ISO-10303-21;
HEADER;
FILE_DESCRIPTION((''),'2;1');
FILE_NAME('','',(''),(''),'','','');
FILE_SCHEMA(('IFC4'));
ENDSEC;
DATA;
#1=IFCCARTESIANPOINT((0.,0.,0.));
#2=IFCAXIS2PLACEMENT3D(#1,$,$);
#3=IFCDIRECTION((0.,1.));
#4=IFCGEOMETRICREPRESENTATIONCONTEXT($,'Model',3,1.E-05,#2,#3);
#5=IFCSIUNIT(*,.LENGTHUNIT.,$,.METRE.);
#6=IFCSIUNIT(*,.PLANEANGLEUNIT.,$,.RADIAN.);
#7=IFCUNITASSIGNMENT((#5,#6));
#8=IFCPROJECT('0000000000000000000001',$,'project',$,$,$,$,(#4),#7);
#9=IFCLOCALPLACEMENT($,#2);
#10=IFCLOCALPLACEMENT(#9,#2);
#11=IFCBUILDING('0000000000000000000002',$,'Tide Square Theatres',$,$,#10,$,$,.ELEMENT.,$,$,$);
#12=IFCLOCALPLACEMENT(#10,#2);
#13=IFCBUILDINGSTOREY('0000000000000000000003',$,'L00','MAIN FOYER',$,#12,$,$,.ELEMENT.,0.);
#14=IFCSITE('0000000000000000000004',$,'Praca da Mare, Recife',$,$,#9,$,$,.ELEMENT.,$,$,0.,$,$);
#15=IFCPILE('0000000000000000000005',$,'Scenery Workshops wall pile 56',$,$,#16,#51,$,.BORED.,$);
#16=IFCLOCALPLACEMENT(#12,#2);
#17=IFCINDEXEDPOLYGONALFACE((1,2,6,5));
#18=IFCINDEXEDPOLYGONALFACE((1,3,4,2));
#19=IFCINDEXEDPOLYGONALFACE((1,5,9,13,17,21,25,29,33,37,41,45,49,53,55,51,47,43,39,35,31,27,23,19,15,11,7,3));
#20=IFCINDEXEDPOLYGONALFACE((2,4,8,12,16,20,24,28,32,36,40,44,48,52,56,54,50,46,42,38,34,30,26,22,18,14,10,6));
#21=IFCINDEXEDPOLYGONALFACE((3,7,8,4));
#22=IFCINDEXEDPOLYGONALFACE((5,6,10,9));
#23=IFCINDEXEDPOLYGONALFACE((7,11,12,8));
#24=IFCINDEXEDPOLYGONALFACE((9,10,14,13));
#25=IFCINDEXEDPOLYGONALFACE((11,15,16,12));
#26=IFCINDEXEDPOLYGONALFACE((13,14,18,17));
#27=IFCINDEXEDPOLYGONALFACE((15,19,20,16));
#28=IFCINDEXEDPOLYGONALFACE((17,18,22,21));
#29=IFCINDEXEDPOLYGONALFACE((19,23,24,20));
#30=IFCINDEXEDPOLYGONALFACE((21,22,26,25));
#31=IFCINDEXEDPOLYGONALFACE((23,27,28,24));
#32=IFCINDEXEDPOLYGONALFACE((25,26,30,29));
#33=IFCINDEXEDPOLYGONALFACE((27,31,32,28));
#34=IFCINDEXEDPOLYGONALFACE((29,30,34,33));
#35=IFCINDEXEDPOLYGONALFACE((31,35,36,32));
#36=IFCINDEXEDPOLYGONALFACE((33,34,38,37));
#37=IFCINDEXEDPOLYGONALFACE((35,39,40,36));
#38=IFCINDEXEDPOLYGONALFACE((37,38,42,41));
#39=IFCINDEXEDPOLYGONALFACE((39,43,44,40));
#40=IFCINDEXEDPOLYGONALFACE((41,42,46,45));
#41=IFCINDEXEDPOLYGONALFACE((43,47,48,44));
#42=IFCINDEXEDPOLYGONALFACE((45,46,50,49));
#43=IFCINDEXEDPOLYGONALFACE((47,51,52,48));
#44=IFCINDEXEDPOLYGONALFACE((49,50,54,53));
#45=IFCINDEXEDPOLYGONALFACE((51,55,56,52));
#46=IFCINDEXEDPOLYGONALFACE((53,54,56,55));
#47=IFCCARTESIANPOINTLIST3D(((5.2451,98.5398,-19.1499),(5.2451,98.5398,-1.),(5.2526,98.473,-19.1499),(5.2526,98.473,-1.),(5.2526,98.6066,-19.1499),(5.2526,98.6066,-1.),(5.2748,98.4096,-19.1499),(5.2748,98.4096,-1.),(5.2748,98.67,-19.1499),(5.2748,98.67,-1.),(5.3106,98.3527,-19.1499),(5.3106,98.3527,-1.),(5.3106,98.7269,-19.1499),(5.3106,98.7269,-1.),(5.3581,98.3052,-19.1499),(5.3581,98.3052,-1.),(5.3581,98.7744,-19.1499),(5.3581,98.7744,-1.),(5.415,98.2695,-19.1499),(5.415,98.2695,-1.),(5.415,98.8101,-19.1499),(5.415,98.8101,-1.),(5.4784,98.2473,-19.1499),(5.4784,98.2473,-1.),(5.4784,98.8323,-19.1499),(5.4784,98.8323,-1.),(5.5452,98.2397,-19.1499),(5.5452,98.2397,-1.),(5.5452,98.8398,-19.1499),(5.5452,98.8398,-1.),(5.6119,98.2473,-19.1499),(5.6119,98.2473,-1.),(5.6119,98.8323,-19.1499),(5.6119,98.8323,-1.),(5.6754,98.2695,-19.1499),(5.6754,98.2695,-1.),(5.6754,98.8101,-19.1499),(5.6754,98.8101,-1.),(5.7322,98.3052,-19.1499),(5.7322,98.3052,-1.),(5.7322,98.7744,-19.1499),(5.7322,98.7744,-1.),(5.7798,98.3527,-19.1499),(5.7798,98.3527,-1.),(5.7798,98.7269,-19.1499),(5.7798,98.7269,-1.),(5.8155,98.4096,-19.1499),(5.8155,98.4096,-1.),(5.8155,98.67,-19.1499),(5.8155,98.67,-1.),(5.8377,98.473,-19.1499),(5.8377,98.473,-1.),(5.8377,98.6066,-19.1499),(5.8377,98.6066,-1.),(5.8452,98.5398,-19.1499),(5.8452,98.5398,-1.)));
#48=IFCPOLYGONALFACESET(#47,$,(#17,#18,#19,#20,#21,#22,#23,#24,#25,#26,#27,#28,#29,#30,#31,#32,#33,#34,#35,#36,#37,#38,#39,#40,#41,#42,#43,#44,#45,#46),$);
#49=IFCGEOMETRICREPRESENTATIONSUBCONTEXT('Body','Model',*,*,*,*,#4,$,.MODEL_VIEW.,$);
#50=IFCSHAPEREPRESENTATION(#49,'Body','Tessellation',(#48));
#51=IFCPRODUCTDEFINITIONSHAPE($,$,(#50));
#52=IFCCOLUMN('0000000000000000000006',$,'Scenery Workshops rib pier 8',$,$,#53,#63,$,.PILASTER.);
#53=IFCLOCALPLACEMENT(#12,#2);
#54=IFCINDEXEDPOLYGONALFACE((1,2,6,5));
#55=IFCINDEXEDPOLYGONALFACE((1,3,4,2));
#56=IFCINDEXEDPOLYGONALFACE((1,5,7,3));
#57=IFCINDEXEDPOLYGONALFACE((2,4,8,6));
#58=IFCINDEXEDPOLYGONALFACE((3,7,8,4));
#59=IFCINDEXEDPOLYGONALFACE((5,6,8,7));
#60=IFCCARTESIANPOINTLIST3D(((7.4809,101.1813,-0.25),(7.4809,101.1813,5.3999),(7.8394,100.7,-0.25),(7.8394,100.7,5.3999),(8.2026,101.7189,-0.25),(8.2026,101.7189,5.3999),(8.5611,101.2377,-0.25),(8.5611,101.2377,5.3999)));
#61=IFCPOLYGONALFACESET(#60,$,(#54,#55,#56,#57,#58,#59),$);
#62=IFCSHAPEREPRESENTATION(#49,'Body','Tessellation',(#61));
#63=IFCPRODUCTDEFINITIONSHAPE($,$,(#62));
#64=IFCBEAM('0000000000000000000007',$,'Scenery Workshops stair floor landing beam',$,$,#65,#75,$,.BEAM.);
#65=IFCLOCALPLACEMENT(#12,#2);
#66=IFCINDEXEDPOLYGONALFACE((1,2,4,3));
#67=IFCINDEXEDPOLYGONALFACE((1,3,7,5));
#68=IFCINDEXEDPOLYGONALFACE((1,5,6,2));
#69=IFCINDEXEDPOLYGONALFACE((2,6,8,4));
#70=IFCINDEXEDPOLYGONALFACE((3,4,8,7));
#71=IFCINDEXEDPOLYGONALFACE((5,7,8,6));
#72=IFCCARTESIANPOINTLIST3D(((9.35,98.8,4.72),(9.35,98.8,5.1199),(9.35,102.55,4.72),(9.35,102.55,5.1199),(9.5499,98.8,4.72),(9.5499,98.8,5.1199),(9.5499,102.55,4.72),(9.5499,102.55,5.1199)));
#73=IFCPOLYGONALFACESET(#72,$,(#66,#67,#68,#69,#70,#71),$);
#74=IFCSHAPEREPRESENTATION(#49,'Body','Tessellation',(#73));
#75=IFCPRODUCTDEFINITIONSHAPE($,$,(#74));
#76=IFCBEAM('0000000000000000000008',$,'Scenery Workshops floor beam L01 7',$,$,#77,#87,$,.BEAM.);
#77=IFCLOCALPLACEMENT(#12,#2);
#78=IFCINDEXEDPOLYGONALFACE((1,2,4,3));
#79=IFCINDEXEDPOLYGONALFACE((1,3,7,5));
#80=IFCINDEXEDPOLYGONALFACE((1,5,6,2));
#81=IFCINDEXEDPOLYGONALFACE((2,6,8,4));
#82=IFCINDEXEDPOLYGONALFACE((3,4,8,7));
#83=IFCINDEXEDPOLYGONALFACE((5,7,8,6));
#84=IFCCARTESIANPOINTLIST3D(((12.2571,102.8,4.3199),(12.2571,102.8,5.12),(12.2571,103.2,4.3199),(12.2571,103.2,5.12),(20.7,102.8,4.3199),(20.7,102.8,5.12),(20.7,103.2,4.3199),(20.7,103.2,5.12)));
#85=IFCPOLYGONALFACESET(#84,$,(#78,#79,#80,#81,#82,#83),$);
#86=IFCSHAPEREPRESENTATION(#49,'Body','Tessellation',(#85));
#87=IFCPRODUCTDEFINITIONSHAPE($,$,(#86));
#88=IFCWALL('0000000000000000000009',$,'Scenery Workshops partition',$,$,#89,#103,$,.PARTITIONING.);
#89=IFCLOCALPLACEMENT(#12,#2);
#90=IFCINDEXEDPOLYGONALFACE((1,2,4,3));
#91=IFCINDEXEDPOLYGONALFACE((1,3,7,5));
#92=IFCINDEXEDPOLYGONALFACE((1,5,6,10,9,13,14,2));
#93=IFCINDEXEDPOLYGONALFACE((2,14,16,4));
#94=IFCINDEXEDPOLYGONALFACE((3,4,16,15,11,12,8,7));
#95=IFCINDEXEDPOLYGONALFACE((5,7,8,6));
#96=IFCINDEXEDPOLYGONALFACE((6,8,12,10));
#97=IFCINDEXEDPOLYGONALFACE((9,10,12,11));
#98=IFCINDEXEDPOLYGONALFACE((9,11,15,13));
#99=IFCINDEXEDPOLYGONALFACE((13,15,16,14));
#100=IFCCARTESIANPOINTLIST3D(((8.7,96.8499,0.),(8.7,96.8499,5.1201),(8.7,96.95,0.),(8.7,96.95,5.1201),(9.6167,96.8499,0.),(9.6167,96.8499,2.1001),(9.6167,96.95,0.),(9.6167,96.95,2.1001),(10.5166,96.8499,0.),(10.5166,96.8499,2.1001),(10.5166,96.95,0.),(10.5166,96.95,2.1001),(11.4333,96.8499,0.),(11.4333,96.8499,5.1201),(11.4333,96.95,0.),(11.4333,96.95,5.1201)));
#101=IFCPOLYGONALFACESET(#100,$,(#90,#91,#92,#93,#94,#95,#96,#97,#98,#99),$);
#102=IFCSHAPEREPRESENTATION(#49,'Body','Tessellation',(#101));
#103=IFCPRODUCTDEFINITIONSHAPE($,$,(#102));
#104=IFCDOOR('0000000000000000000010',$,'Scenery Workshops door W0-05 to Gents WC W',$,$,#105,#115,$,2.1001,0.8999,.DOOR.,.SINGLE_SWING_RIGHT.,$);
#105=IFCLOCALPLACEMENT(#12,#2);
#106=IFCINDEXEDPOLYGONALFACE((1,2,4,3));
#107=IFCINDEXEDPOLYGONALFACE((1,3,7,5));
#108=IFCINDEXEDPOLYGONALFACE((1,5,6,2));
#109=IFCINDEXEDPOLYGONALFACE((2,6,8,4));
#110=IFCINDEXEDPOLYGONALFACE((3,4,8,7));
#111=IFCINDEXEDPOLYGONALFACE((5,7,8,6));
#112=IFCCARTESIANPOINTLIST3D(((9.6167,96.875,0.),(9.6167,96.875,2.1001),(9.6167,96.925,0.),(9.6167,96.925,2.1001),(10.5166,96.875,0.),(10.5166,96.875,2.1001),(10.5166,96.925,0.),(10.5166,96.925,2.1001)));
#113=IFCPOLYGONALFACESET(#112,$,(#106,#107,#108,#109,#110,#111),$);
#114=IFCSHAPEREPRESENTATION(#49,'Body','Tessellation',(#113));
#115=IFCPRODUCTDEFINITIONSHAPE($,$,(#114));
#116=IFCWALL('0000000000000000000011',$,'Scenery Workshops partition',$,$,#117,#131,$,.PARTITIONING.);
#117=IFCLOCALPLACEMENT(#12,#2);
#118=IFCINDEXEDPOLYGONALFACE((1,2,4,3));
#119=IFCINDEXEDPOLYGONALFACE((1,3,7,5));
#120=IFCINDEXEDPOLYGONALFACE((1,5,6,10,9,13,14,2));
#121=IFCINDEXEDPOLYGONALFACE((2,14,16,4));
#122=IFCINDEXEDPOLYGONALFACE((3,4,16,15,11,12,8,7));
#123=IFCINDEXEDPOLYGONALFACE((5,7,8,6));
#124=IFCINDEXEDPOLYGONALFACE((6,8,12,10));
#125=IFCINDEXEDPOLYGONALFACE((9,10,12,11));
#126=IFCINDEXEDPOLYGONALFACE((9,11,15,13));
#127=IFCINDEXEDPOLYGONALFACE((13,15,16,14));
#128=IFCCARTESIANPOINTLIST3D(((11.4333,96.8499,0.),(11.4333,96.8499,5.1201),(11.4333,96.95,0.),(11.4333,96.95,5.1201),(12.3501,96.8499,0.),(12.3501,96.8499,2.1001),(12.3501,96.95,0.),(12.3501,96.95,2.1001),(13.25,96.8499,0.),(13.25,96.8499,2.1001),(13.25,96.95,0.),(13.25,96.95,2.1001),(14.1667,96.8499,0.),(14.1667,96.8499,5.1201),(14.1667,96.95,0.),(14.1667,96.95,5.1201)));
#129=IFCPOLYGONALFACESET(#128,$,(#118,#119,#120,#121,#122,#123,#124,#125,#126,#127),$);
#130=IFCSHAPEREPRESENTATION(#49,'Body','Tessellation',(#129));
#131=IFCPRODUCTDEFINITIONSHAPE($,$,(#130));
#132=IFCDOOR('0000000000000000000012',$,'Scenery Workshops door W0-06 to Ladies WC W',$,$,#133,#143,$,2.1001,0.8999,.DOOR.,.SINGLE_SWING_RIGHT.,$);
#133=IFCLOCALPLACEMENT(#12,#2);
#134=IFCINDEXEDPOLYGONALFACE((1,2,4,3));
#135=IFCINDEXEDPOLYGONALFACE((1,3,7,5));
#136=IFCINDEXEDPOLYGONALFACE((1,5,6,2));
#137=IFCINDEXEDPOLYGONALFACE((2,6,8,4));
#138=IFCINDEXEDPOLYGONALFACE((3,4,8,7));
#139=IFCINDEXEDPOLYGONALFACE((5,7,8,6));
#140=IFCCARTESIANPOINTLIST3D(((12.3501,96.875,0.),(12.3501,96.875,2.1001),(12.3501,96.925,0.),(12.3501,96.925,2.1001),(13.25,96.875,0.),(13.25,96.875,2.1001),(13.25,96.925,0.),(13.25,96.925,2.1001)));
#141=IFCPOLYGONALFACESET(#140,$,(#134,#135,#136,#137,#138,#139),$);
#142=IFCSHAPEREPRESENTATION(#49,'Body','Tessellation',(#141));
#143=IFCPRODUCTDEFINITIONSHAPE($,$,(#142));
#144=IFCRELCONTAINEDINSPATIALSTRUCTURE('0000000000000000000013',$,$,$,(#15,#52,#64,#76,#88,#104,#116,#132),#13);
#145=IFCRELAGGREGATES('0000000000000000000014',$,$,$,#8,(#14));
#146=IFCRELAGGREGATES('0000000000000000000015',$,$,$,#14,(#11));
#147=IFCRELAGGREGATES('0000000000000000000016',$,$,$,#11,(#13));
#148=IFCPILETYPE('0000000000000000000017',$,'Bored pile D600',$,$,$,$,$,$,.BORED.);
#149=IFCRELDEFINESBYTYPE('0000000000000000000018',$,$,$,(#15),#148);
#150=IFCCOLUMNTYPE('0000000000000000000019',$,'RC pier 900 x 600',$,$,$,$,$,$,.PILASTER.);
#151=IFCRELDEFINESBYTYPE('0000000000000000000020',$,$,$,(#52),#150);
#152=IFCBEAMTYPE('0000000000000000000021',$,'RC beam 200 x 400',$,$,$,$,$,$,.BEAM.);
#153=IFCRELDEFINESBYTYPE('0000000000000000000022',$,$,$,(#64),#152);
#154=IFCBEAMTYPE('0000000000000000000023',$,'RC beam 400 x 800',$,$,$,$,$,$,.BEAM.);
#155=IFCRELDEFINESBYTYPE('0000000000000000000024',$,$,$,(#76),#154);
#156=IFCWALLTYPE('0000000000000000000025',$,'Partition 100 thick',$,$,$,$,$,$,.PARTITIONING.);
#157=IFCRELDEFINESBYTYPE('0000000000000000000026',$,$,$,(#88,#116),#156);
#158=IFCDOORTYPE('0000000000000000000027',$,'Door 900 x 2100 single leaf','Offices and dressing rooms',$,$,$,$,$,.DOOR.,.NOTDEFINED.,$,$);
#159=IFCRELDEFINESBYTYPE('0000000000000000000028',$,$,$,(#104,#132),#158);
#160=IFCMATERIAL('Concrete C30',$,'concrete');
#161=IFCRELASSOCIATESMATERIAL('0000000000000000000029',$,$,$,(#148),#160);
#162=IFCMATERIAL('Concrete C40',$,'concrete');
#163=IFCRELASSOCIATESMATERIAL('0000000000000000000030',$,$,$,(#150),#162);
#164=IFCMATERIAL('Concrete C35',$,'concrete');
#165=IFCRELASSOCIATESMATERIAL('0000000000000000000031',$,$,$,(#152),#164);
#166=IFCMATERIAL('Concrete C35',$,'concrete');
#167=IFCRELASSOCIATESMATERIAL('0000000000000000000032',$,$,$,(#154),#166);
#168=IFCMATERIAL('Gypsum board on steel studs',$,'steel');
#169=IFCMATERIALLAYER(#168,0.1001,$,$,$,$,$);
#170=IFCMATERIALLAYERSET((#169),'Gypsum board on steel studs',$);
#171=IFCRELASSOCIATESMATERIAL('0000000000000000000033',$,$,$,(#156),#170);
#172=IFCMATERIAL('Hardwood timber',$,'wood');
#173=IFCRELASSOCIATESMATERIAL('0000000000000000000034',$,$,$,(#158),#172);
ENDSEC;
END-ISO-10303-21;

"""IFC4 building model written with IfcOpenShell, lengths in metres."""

from ifc_helpers import new_model, si_unit, direction, frame, frame_2d, origin, origin_2d, place, context, subcontext, project, spatial, rectangle, circle, extrude, material, layer, layer_set, material_profile, profile_set, type_object, element, fill, save


model = new_model("IFC4")

# Units and contexts
model_context = context("Model", 3, precision=1e-05, world=origin(), true_north=direction((0.0, 1.0)))
body_context = subcontext(model_context, "Body", "Model", "MODEL_VIEW")
ifc_project = project(units=[si_unit("LENGTHUNIT", "METRE"), si_unit("PLANEANGLEUNIT", "RADIAN")], contexts=[model_context])

# Site, building, storey
site_placement = place(None, origin())
site = spatial("IfcSite", under=ifc_project, at=site_placement, Name="Praca da Mare, Recife", CompositionType="ELEMENT", RefElevation=0.0)
building_placement = place(site_placement, origin())
building = spatial("IfcBuilding", under=site, at=building_placement, Name="Tide Square Theatres", CompositionType="ELEMENT")
storey_placement = place(building_placement, origin())
storey = spatial("IfcBuildingStorey", under=building, at=storey_placement, Name="L00", Description="MAIN FOYER", CompositionType="ELEMENT", Elevation=0.0)

# Pile
ifc_material_1 = material(Name="Concrete C30", Category="concrete")
ifc_material_profile_1 = material_profile(ifc_material_1, circle(Radius=0.3, at=origin_2d()))
ifc_profile_set_1 = profile_set([ifc_material_profile_1], Name="Concrete C30")
pile_type = type_object("IfcPileType", Name="Bored pile D600", PredefinedType="BORED", material=ifc_profile_set_1)
for number, where, z_axis, x_axis, name in (
    (1, (5.5452, 98.5398, -1.0), (0.0, 0.0, -1.0), (1.0, 0.0, 0.0), "Scenery Workshops wall pile 56"),
):
    element("IfcPile", number, at=place(storey_placement, frame(where, z_axis=z_axis, x_axis=x_axis)), inside=storey, type_object=pile_type, Name=name, PredefinedType="BORED", context=body_context, shape_type="SweptSolid", body=[
        extrude(circle(Radius=0.3, at=origin_2d()), origin(), (0.0, 0.0, 1.0), 18.1499),
    ])

# Column
ifc_material_2 = material(Name="Concrete C40", Category="concrete")
ifc_material_profile_2 = material_profile(ifc_material_2, rectangle(XDim=0.8999, YDim=0.6001, at=origin_2d()))
ifc_profile_set_2 = profile_set([ifc_material_profile_2], Name="Concrete C40")
column_type = type_object("IfcColumnType", Name="RC pier 900 x 600", PredefinedType="PILASTER", material=ifc_profile_set_2)
column_placement = place(storey_placement, frame((8.021, 101.2095, -0.25), z_axis=(0.0, 0.0, 1.0), x_axis=(-0.801928, -0.597421, 0.0)))
element("IfcColumn", 2, at=column_placement, inside=storey, type_object=column_type, Name="Scenery Workshops rib pier 8", PredefinedType="PILASTER", context=body_context, shape_type="SweptSolid", body=[
    extrude(rectangle(XDim=0.8999, YDim=0.6001, at=origin_2d()), origin(), (0.0, 0.0, 1.0), 5.6499),
])

# Beams
ifc_material_3 = material(Name="Concrete C35", Category="concrete")
ifc_material_profile_3 = material_profile(ifc_material_3, rectangle(XDim=0.2, YDim=0.3999, at=origin_2d()))
ifc_profile_set_3 = profile_set([ifc_material_profile_3], Name="Concrete C35")
beam_type_1 = type_object("IfcBeamType", Name="RC beam 200 x 400", PredefinedType="BEAM", material=ifc_profile_set_3)
beam_1_placement = place(storey_placement, frame((9.45, 98.8, 4.9199), z_axis=(0.0, 1.0, 0.0), x_axis=(-1.0, 0.0, 0.0)))
element("IfcBeam", 3, at=beam_1_placement, inside=storey, type_object=beam_type_1, Name="Scenery Workshops stair floor landing beam", PredefinedType="BEAM", context=body_context, shape_type="SweptSolid", body=[
    extrude(rectangle(XDim=0.2, YDim=0.3999, at=origin_2d()), origin(), (0.0, 0.0, 1.0), 3.75),
])
ifc_material_4 = material(Name="Concrete C35", Category="concrete")
ifc_material_profile_4 = material_profile(ifc_material_4, rectangle(XDim=0.3999, YDim=0.8, at=origin_2d()))
ifc_profile_set_4 = profile_set([ifc_material_profile_4], Name="Concrete C35")
beam_type_2 = type_object("IfcBeamType", Name="RC beam 400 x 800", PredefinedType="BEAM", material=ifc_profile_set_4)
beam_2_placement = place(storey_placement, frame((12.2571, 103.0, 4.72), z_axis=(1.0, 0.0, 0.0), x_axis=(0.0, 1.0, 0.0)))
element("IfcBeam", 4, at=beam_2_placement, inside=storey, type_object=beam_type_2, Name="Scenery Workshops floor beam L01 7", PredefinedType="BEAM", context=body_context, shape_type="SweptSolid", body=[
    extrude(rectangle(XDim=0.3999, YDim=0.8, at=origin_2d()), origin(), (0.0, 0.0, 1.0), 8.4429),
])

# Walls, openings, doors
ifc_material_5 = material(Name="Gypsum board on steel studs", Category="steel")
ifc_layer_1 = layer(ifc_material_5, 0.1001)
ifc_layer_set_1 = layer_set([ifc_layer_1], Name="Gypsum board on steel studs")
wall_type_1 = type_object("IfcWallType", Name="Partition 100 thick", PredefinedType="PARTITIONING", material=ifc_layer_set_1)
wall_1_placement = place(storey_placement, frame((11.4333, 96.8999, 0.0), z_axis=(0.0, 0.0, 1.0), x_axis=(-1.0, 0.0, 0.0)))
wall_1 = element("IfcWall", 5, at=wall_1_placement, inside=storey, type_object=wall_type_1, Name="Scenery Workshops partition", PredefinedType="PARTITIONING", context=body_context, shape_type="SweptSolid", body=[
    extrude(rectangle(XDim=2.7334, YDim=0.1001, at=frame_2d((1.3667, 0.0))), origin(), (0.0, 0.0, 1.0), 5.1201),
])
opening_1_placement = place(wall_1_placement, frame((0.9167, 0.0, 0.0)))
opening_1 = element("IfcOpeningElement", 6, at=opening_1_placement, cuts=wall_1, PredefinedType="OPENING", context=body_context, shape_type="SweptSolid", body=[
    extrude(rectangle(XDim=0.8999, YDim=2.1001, at=frame_2d((0.45, 1.05))), frame((0.0, 0.0601, 0.0), z_axis=(0.0, -1.0, 0.0), x_axis=(1.0, 0.0, 0.0)), (0.0, 0.0, 1.0), 0.1201),
])
ifc_material_6 = material(Name="Hardwood timber", Category="wood")
door_type_1 = type_object("IfcDoorType", Name="Door 900 x 2100 single leaf", Description="Offices and dressing rooms", OperationType="NOTDEFINED", PredefinedType="DOOR", material=ifc_material_6)
door_1_placement = place(opening_1_placement, origin())
door_1 = element("IfcDoor", 7, at=door_1_placement, inside=storey, type_object=door_type_1, Name="Scenery Workshops door W0-05 to Gents WC W", OperationType="SINGLE_SWING_RIGHT", OverallHeight=2.1001, OverallWidth=0.8999, PredefinedType="DOOR", context=body_context, shape_type="SweptSolid", body=[
    extrude(rectangle(XDim=0.8999, YDim=2.1001, at=frame_2d((0.45, 1.05))), frame((0.0, 0.0249, 0.0), z_axis=(0.0, -1.0, 0.0), x_axis=(1.0, 0.0, 0.0)), (0.0, 0.0, 1.0), 0.05),
])
fill(opening_1, door_1)
wall_2_placement = place(storey_placement, frame((14.1667, 96.8999, 0.0), z_axis=(0.0, 0.0, 1.0), x_axis=(-1.0, 0.0, 0.0)))
wall_2 = element("IfcWall", 8, at=wall_2_placement, inside=storey, type_object=wall_type_1, Name="Scenery Workshops partition", PredefinedType="PARTITIONING", context=body_context, shape_type="SweptSolid", body=[
    extrude(rectangle(XDim=2.7334, YDim=0.1001, at=frame_2d((1.3667, 0.0))), origin(), (0.0, 0.0, 1.0), 5.1201),
])
opening_2_placement = place(wall_2_placement, frame((0.9167, 0.0, 0.0)))
opening_2 = element("IfcOpeningElement", 9, at=opening_2_placement, cuts=wall_2, PredefinedType="OPENING", context=body_context, shape_type="SweptSolid", body=[
    extrude(rectangle(XDim=0.8999, YDim=2.1001, at=frame_2d((0.45, 1.05))), frame((0.0, 0.0601, 0.0), z_axis=(0.0, -1.0, 0.0), x_axis=(1.0, 0.0, 0.0)), (0.0, 0.0, 1.0), 0.1201),
])
door_2_placement = place(opening_2_placement, origin())
door_2 = element("IfcDoor", 10, at=door_2_placement, inside=storey, type_object=door_type_1, Name="Scenery Workshops door W0-06 to Ladies WC W", OperationType="SINGLE_SWING_RIGHT", OverallHeight=2.1001, OverallWidth=0.8999, PredefinedType="DOOR", context=body_context, shape_type="SweptSolid", body=[
    extrude(rectangle(XDim=0.8999, YDim=2.1001, at=frame_2d((0.45, 1.05))), frame((0.0, 0.0249, 0.0), z_axis=(0.0, -1.0, 0.0), x_axis=(1.0, 0.0, 0.0)), (0.0, 0.0, 1.0), 0.05),
])
fill(opening_2, door_2)

save(model, "model.ifc")
